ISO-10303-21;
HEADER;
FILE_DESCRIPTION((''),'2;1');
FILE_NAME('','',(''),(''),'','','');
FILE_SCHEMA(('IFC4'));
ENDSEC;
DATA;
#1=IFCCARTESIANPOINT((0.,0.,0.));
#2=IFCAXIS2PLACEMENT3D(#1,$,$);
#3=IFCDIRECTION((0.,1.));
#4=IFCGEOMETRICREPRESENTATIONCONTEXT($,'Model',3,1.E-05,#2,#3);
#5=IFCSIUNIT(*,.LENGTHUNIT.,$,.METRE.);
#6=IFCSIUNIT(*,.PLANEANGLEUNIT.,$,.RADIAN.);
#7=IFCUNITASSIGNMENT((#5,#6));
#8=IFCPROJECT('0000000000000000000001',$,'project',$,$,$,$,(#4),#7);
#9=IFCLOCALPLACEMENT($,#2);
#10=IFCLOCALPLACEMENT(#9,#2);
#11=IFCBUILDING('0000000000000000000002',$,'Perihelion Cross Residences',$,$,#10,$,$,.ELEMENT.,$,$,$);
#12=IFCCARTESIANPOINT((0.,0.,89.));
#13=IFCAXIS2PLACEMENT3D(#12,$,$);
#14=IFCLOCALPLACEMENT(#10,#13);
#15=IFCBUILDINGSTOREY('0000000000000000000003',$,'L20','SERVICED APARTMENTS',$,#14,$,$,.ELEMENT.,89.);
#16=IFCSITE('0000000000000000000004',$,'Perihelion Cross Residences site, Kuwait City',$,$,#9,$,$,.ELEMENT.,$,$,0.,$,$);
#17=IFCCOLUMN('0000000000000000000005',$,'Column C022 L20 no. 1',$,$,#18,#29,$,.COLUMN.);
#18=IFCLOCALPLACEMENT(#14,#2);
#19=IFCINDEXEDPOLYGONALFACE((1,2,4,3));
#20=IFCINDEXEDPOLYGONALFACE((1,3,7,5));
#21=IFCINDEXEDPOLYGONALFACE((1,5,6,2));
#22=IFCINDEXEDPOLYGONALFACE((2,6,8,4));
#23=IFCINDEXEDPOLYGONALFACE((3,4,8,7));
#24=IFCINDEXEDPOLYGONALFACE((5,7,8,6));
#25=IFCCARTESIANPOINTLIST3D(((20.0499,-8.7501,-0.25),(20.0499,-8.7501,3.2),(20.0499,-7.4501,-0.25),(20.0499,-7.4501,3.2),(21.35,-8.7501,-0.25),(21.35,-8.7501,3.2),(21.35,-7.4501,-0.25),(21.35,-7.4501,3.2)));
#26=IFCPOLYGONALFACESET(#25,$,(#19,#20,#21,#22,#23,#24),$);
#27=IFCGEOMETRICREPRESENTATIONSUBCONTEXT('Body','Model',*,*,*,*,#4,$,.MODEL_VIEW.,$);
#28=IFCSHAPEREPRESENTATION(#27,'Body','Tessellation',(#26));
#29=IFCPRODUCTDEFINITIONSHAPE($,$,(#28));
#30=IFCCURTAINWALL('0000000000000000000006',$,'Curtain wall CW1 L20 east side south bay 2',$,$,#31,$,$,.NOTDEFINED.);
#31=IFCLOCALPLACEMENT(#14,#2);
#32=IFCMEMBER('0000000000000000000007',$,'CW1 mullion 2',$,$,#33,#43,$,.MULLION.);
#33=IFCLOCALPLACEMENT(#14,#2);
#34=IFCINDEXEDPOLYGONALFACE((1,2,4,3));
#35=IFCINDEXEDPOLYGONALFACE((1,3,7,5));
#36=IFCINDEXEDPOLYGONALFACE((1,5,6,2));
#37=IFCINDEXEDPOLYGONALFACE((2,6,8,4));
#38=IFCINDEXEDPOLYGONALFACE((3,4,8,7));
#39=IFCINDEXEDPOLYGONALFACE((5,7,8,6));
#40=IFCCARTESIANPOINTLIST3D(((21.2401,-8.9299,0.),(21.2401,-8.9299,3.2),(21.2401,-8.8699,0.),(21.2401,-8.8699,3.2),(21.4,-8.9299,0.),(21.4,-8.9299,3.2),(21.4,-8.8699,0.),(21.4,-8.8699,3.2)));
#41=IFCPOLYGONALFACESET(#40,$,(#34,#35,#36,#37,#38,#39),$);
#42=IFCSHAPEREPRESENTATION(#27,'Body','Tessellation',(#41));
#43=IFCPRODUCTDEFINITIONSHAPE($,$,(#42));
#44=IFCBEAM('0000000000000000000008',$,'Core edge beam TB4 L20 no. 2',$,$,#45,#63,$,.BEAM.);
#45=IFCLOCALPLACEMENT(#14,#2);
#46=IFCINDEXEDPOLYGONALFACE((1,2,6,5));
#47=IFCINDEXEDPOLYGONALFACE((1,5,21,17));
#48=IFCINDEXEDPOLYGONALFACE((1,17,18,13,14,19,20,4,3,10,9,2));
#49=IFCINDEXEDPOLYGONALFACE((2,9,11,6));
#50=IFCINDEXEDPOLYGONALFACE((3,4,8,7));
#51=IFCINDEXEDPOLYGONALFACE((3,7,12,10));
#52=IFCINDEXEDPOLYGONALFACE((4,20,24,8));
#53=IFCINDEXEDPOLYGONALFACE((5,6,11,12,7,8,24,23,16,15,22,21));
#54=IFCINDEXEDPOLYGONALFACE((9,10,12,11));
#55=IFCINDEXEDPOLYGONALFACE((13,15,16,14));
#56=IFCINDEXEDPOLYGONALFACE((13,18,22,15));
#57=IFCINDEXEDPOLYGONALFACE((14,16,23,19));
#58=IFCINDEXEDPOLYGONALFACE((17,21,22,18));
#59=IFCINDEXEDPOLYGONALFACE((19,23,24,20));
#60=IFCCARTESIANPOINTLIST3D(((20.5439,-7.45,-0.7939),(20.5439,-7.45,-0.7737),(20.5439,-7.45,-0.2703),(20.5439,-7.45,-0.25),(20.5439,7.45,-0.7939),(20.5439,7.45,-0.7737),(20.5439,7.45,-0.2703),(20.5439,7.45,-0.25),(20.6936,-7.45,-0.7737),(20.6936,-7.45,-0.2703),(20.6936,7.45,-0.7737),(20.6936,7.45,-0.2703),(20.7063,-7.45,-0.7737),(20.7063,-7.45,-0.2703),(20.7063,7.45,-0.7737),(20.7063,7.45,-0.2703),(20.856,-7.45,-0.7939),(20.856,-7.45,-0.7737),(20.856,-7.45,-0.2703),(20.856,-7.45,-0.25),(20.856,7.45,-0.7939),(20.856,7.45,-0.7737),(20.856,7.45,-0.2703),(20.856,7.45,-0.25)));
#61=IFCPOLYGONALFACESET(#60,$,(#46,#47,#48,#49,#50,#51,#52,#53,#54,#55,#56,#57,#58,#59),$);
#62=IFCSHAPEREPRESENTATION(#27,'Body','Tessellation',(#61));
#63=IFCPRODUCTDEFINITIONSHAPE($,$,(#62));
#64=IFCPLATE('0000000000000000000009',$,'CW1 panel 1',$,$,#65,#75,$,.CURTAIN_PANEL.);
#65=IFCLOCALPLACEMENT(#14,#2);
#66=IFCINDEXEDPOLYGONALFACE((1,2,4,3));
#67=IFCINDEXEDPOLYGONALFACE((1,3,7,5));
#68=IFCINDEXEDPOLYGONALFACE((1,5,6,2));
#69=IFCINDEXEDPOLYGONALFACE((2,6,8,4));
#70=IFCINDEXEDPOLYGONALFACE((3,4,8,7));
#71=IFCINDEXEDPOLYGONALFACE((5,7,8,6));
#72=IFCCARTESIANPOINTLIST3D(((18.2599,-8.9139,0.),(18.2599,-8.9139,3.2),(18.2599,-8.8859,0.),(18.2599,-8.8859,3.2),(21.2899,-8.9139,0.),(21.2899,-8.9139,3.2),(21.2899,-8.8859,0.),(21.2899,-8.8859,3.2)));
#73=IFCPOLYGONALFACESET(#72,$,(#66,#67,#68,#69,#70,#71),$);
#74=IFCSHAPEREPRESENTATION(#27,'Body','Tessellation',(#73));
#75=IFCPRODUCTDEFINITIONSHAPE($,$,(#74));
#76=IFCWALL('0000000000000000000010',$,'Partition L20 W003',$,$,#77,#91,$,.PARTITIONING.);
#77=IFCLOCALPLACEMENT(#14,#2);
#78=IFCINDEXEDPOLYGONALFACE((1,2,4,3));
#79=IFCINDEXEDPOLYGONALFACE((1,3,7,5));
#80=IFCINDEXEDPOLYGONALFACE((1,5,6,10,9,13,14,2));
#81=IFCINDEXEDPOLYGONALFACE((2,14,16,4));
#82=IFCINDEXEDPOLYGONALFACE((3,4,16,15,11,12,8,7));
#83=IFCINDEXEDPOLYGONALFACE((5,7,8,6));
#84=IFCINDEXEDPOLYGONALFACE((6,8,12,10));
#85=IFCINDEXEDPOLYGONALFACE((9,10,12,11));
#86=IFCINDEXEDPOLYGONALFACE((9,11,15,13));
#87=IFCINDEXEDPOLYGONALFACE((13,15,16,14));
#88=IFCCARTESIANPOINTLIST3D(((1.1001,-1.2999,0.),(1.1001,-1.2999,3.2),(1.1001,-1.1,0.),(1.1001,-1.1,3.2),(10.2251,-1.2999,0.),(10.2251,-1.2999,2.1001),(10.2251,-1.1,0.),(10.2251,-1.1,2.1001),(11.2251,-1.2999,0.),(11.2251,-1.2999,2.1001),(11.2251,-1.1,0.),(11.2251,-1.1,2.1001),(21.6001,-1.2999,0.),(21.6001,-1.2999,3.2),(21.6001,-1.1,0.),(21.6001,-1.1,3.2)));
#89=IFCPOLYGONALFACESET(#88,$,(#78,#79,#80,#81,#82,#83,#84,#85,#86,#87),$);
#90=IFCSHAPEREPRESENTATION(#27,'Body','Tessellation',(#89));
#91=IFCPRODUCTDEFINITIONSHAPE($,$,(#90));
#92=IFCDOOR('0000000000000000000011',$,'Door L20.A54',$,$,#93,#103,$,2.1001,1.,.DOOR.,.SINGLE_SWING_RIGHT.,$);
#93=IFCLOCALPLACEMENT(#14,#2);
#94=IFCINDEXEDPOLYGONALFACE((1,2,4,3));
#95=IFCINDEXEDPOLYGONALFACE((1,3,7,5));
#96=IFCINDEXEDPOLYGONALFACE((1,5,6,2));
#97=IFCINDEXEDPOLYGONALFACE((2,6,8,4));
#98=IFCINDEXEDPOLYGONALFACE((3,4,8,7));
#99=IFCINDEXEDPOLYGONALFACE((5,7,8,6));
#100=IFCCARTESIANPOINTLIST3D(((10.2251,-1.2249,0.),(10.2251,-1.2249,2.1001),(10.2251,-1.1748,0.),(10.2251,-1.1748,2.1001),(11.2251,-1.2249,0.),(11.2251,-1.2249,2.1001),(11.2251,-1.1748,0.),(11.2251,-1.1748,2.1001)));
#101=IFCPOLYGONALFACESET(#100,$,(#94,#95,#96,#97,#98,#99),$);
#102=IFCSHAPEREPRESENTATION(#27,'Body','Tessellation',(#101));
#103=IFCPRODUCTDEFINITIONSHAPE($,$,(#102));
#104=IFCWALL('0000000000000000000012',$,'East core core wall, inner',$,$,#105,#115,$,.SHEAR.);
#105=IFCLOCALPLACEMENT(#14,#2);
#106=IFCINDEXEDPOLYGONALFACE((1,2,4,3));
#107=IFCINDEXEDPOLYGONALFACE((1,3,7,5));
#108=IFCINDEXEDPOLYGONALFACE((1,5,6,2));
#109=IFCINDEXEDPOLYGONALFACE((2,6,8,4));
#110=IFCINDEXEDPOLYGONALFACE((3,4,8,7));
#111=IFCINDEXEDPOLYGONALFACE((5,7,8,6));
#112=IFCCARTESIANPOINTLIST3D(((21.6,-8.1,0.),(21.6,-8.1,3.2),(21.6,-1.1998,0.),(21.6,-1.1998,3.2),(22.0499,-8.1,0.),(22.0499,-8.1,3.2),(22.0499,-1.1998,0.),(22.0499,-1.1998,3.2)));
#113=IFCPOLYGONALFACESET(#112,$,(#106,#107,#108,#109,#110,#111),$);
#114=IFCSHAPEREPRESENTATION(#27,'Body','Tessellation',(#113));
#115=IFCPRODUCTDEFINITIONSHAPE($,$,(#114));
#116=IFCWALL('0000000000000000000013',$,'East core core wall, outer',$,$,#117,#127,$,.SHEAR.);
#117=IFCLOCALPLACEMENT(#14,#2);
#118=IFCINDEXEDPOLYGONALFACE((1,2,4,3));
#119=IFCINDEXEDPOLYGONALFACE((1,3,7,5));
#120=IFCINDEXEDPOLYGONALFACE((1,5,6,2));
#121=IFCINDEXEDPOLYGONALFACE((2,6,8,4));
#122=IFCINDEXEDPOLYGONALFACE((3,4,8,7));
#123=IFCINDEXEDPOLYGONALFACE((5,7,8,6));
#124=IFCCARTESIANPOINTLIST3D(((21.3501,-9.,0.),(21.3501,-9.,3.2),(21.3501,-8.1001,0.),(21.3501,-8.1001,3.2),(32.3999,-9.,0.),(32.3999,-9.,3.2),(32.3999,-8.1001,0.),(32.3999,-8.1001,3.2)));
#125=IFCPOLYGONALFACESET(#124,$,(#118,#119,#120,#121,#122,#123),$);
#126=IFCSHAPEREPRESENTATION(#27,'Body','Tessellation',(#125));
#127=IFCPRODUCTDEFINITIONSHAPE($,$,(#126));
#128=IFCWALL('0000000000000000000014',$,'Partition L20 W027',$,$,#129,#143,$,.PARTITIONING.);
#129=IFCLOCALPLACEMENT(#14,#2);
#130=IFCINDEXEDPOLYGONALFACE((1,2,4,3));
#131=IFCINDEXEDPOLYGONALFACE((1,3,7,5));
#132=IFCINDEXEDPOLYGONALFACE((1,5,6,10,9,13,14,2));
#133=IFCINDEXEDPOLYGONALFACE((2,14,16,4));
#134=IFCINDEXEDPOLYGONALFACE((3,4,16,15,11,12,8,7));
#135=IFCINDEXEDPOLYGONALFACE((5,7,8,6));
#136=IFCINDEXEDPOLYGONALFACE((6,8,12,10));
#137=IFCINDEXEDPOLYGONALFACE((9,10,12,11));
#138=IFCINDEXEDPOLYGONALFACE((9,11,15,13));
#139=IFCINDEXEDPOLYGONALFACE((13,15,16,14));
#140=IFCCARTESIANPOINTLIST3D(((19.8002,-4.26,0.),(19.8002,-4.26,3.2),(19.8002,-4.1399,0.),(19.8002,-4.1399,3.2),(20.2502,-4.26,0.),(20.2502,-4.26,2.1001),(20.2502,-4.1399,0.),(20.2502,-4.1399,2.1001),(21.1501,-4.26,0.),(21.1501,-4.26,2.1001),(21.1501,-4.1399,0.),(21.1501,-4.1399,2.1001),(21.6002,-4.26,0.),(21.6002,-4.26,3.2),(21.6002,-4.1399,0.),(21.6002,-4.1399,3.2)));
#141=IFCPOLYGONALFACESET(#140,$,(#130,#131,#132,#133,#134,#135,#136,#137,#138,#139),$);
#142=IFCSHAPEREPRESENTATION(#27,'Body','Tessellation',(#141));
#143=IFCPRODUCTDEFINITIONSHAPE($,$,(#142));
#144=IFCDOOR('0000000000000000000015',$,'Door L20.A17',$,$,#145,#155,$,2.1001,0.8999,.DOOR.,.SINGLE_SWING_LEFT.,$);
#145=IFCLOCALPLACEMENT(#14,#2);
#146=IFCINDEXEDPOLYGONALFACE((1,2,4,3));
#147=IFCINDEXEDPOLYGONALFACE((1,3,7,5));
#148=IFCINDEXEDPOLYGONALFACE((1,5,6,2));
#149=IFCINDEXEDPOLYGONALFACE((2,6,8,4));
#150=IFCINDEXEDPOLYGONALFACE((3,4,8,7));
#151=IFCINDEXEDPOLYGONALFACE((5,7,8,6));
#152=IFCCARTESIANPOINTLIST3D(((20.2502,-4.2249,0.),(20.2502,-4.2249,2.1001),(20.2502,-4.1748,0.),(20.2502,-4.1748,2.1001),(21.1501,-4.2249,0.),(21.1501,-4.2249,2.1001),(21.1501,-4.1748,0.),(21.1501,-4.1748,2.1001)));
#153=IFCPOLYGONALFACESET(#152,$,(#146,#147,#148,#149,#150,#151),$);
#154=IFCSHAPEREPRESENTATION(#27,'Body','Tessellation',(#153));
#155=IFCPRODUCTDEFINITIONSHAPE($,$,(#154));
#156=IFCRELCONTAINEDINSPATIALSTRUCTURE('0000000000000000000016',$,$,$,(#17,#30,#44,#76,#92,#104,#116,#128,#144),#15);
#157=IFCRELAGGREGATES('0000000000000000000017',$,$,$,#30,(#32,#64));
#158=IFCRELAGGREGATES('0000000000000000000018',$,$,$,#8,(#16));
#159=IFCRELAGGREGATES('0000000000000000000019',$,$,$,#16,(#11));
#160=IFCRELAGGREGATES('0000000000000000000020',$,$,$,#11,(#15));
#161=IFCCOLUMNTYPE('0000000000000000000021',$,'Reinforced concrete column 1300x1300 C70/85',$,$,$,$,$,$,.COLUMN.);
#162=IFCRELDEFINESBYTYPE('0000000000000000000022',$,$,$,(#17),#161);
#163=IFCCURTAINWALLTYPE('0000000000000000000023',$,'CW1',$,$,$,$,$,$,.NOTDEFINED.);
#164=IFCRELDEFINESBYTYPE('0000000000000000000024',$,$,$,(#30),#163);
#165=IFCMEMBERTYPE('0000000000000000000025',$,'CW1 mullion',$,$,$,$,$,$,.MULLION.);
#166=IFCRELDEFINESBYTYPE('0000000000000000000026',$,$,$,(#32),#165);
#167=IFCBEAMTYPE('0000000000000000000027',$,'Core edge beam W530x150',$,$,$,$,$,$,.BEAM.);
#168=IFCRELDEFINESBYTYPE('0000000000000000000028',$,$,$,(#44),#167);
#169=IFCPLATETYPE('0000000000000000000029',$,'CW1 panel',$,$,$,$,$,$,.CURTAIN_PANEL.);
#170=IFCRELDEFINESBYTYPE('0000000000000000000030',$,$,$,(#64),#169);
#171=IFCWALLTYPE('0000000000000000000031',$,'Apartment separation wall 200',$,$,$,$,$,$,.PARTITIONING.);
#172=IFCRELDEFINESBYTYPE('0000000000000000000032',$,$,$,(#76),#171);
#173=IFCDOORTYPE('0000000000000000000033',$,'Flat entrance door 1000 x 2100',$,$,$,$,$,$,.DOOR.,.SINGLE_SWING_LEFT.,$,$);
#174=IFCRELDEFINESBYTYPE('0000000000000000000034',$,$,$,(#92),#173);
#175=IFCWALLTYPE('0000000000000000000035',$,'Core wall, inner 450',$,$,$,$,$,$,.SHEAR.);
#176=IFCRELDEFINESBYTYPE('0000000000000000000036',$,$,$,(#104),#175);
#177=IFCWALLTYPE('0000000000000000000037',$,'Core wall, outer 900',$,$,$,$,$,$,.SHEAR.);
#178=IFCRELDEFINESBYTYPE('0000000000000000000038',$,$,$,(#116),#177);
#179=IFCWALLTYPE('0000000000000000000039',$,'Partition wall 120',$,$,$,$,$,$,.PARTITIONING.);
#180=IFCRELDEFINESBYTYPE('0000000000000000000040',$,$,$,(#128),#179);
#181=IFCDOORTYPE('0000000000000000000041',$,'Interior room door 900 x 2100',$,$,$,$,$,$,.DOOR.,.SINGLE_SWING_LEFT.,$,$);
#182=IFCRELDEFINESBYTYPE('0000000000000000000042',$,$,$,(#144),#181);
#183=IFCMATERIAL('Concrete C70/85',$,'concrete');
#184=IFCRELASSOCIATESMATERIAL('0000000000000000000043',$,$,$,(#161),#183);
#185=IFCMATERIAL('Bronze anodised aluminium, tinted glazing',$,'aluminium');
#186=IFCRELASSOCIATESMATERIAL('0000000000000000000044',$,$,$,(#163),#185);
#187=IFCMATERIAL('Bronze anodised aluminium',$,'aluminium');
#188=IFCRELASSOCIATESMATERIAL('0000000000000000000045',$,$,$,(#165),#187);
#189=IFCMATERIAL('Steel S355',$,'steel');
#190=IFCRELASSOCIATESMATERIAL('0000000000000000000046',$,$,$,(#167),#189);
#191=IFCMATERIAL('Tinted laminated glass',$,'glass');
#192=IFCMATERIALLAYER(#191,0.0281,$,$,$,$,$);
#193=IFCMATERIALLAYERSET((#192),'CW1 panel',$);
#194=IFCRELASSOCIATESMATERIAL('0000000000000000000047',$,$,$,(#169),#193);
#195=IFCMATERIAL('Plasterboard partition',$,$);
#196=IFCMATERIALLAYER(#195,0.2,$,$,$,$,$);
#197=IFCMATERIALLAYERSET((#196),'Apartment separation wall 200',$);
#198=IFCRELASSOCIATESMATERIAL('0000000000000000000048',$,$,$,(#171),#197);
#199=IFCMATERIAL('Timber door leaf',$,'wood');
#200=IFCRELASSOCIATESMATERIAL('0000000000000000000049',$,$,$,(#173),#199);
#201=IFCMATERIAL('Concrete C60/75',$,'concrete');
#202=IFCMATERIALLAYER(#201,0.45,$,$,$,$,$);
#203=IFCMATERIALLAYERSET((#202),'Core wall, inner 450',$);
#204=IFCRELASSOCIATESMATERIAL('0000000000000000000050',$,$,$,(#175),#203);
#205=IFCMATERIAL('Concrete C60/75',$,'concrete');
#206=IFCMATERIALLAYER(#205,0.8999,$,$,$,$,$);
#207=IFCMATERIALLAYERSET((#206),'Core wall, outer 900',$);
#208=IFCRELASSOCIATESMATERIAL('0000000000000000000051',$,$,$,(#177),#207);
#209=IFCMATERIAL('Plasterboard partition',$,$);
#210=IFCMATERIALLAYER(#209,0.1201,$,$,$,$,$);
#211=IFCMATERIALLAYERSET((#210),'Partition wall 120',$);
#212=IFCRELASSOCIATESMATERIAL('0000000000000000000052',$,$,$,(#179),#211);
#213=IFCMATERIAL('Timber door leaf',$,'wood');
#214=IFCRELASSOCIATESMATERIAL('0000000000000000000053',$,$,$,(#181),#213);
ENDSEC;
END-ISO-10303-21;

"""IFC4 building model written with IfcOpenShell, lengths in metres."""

from ifc_helpers import new_model, si_unit, direction, frame, frame_2d, origin, origin_2d, place, context, subcontext, project, spatial, rectangle, i_section, extrude, material, layer, layer_set, material_profile, profile_set, type_object, element, fill, aggregate, save


model = new_model("IFC4")

# Units and contexts
model_context = context("Model", 3, precision=1e-05, world=origin(), true_north=direction((0.0, 1.0)))
body_context = subcontext(model_context, "Body", "Model", "MODEL_VIEW")
ifc_project = project(units=[si_unit("LENGTHUNIT", "METRE"), si_unit("PLANEANGLEUNIT", "RADIAN")], contexts=[model_context])

# Site, building, storey
site_placement = place(None, origin())
site = spatial("IfcSite", under=ifc_project, at=site_placement, Name="Perihelion Cross Residences site, Kuwait City", CompositionType="ELEMENT", RefElevation=0.0)
building_placement = place(site_placement, origin())
building = spatial("IfcBuilding", under=site, at=building_placement, Name="Perihelion Cross Residences", CompositionType="ELEMENT")
storey_placement = place(building_placement, frame((0.0, 0.0, 89.0)))
storey = spatial("IfcBuildingStorey", under=building, at=storey_placement, Name="L20", Description="SERVICED APARTMENTS", CompositionType="ELEMENT", Elevation=89.0)

# Column
ifc_material_1 = material(Name="Concrete C70/85", Category="concrete")
ifc_material_profile_1 = material_profile(ifc_material_1, rectangle(XDim=1.3, YDim=1.3, at=origin_2d()), Name="RC 1300x1300")
ifc_profile_set_1 = profile_set([ifc_material_profile_1], Name="Concrete C70/85")
column_type = type_object("IfcColumnType", Name="Reinforced concrete column 1300x1300 C70/85", PredefinedType="COLUMN", material=ifc_profile_set_1)
column_placement = place(storey_placement, frame((20.7, -8.1001, -0.25), z_axis=(0.0, 0.0, 1.0), x_axis=(1.0, 0.0, 0.0)))
element("IfcColumn", 1, at=column_placement, inside=storey, type_object=column_type, Name="Column C022 L20 no. 1", PredefinedType="COLUMN", context=body_context, shape_type="SweptSolid", body=[
    extrude(rectangle(XDim=1.3, YDim=1.3, at=origin_2d()), origin(), (0.0, 0.0, 1.0), 3.45),
])

# Curtain wall, member
ifc_material_2 = material(Name="Bronze anodised aluminium, tinted glazing", Category="aluminium")
curtain_wall_type = type_object("IfcCurtainWallType", Name="CW1", PredefinedType="NOTDEFINED", material=ifc_material_2)
curtain_wall_placement = place(storey_placement, origin())
curtain_wall = element("IfcCurtainWall", 2, at=curtain_wall_placement, inside=storey, type_object=curtain_wall_type, Name="Curtain wall CW1 L20 east side south bay 2", PredefinedType="NOTDEFINED")
ifc_material_3 = material(Name="Bronze anodised aluminium", Category="aluminium")
ifc_material_profile_2 = material_profile(ifc_material_3, rectangle(XDim=0.0601, YDim=0.1599, at=origin_2d()), Name="CW1 mullion")
ifc_profile_set_2 = profile_set([ifc_material_profile_2], Name="Bronze anodised aluminium")
member_type = type_object("IfcMemberType", Name="CW1 mullion", PredefinedType="MULLION", material=ifc_profile_set_2)
member_placement = place(storey_placement, frame((21.3201, -8.8999, 0.0), z_axis=(0.0, 0.0, 1.0), x_axis=(0.0, 1.0, 0.0)))
member = element("IfcMember", 3, at=member_placement, type_object=member_type, Name="CW1 mullion 2", PredefinedType="MULLION", context=body_context, shape_type="SweptSolid", body=[
    extrude(rectangle(XDim=0.0601, YDim=0.1599, at=origin_2d()), origin(), (0.0, 0.0, 1.0), 3.2),
])

# Beam
ifc_material_4 = material(Name="Steel S355", Category="steel")
ifc_material_profile_3 = material_profile(ifc_material_4, i_section(OverallWidth=0.312, OverallDepth=0.5439, WebThickness=0.0127, FlangeThickness=0.0203, at=origin_2d()), Name="W530x150")
ifc_profile_set_3 = profile_set([ifc_material_profile_3], Name="Steel S355")
beam_type = type_object("IfcBeamType", Name="Core edge beam W530x150", PredefinedType="BEAM", material=ifc_profile_set_3)
beam_placement = place(storey_placement, frame((20.7, -7.45, -0.522), z_axis=(0.0, 1.0, 0.0), x_axis=(-1.0, 0.0, 0.0)))
element("IfcBeam", 4, at=beam_placement, inside=storey, type_object=beam_type, Name="Core edge beam TB4 L20 no. 2", PredefinedType="BEAM", context=body_context, shape_type="SweptSolid", body=[
    extrude(i_section(OverallWidth=0.312, OverallDepth=0.5439, WebThickness=0.0127, FlangeThickness=0.0203, at=origin_2d()), origin(), (0.0, 0.0, 1.0), 14.8999),
])

# Plate
ifc_material_5 = material(Name="Tinted laminated glass", Category="glass")
ifc_layer_1 = layer(ifc_material_5, 0.0281)
ifc_layer_set_1 = layer_set([ifc_layer_1], Name="CW1 panel")
plate_type = type_object("IfcPlateType", Name="CW1 panel", PredefinedType="CURTAIN_PANEL", material=ifc_layer_set_1)
plate_placement = place(storey_placement, frame((19.7749, -8.8999, 0.0), z_axis=(0.0, 0.0, 1.0), x_axis=(1.0, 0.0, 0.0)))
plate = element("IfcPlate", 5, at=plate_placement, type_object=plate_type, Name="CW1 panel 1", PredefinedType="CURTAIN_PANEL", context=body_context, shape_type="SweptSolid", body=[
    extrude(rectangle(XDim=3.03, YDim=0.0281, at=origin_2d()), origin(), (0.0, 0.0, 1.0), 3.2),
])
aggregate(curtain_wall, [member, plate])

# Wall, opening, door
ifc_material_6 = material(Name="Plasterboard partition")
ifc_layer_2 = layer(ifc_material_6, 0.2)
ifc_layer_set_2 = layer_set([ifc_layer_2], Name="Apartment separation wall 200")
wall_type_1 = type_object("IfcWallType", Name="Apartment separation wall 200", PredefinedType="PARTITIONING", material=ifc_layer_set_2)
wall_1_placement = place(storey_placement, frame((21.6001, -1.2, 0.0), z_axis=(0.0, 0.0, 1.0), x_axis=(-1.0, 0.0, 0.0)))
wall_1 = element("IfcWall", 6, at=wall_1_placement, inside=storey, type_object=wall_type_1, Name="Partition L20 W003", PredefinedType="PARTITIONING", context=body_context, shape_type="SweptSolid", body=[
    extrude(rectangle(XDim=20.5, YDim=0.2, at=frame_2d((10.25, 0.0))), origin(), (0.0, 0.0, 1.0), 3.2),
])
opening_1_placement = place(wall_1_placement, frame((10.375, 0.0, 0.0)))
opening_1 = element("IfcOpeningElement", 7, at=opening_1_placement, cuts=wall_1, PredefinedType="OPENING", context=body_context, shape_type="SweptSolid", body=[
    extrude(rectangle(XDim=1.0, YDim=2.1001, at=frame_2d((0.5, 1.05))), frame((0.0, 0.1099, 0.0), z_axis=(0.0, -1.0, 0.0), x_axis=(1.0, 0.0, 0.0)), (0.0, 0.0, 1.0), 0.22),
])
ifc_material_7 = material(Name="Timber door leaf", Category="wood")
door_type_1 = type_object("IfcDoorType", Name="Flat entrance door 1000 x 2100", OperationType="SINGLE_SWING_LEFT", PredefinedType="DOOR", material=ifc_material_7)
door_1_placement = place(opening_1_placement, origin())
door_1 = element("IfcDoor", 8, at=door_1_placement, inside=storey, type_object=door_type_1, Name="Door L20.A54", OperationType="SINGLE_SWING_RIGHT", OverallHeight=2.1001, OverallWidth=1.0, PredefinedType="DOOR", context=body_context, shape_type="SweptSolid", body=[
    extrude(rectangle(XDim=1.0, YDim=2.1001, at=frame_2d((0.5, 1.05))), frame((0.0, 0.0249, 0.0), z_axis=(0.0, -1.0, 0.0), x_axis=(1.0, 0.0, 0.0)), (0.0, 0.0, 1.0), 0.05),
])
fill(opening_1, door_1)

# Walls
ifc_material_8 = material(Name="Concrete C60/75", Category="concrete")
ifc_layer_3 = layer(ifc_material_8, 0.45)
ifc_layer_set_3 = layer_set([ifc_layer_3], Name="Core wall, inner 450")
wall_type_2 = type_object("IfcWallType", Name="Core wall, inner 450", PredefinedType="SHEAR", material=ifc_layer_set_3)
wall_2_placement = place(storey_placement, frame((21.825, -8.1001, 0.0), z_axis=(0.0, 0.0, 1.0), x_axis=(0.0, 1.0, 0.0)))
element("IfcWall", 9, at=wall_2_placement, inside=storey, type_object=wall_type_2, Name="East core core wall, inner", PredefinedType="SHEAR", context=body_context, shape_type="SweptSolid", body=[
    extrude(rectangle(XDim=6.9001, YDim=0.45, at=frame_2d((3.4502, 0.0))), origin(), (0.0, 0.0, 1.0), 3.2),
])
ifc_material_9 = material(Name="Concrete C60/75", Category="concrete")
ifc_layer_4 = layer(ifc_material_9, 0.8999)
ifc_layer_set_4 = layer_set([ifc_layer_4], Name="Core wall, outer 900")
wall_type_3 = type_object("IfcWallType", Name="Core wall, outer 900", PredefinedType="SHEAR", material=ifc_layer_set_4)
wall_3_placement = place(storey_placement, frame((21.3501, -8.55, 0.0), z_axis=(0.0, 0.0, 1.0), x_axis=(1.0, 0.0, 0.0)))
element("IfcWall", 10, at=wall_3_placement, inside=storey, type_object=wall_type_3, Name="East core core wall, outer", PredefinedType="SHEAR", context=body_context, shape_type="SweptSolid", body=[
    extrude(rectangle(XDim=11.0498, YDim=0.8999, at=frame_2d((5.5249, 0.0))), origin(), (0.0, 0.0, 1.0), 3.2),
])

# Wall, opening, door
ifc_material_10 = material(Name="Plasterboard partition")
ifc_layer_5 = layer(ifc_material_10, 0.1201)
ifc_layer_set_5 = layer_set([ifc_layer_5], Name="Partition wall 120")
wall_type_4 = type_object("IfcWallType", Name="Partition wall 120", PredefinedType="PARTITIONING", material=ifc_layer_set_5)
wall_4_placement = place(storey_placement, frame((21.6001, -4.2, 0.0), z_axis=(0.0, 0.0, 1.0), x_axis=(-1.0, 0.0, 0.0)))
wall_4 = element("IfcWall", 11, at=wall_4_placement, inside=storey, type_object=wall_type_4, Name="Partition L20 W027", PredefinedType="PARTITIONING", context=body_context, shape_type="SweptSolid", body=[
    extrude(rectangle(XDim=1.8, YDim=0.1201, at=frame_2d((0.8999, 0.0))), origin(), (0.0, 0.0, 1.0), 3.2),
])
opening_2_placement = place(wall_4_placement, frame((0.45, 0.0, 0.0)))
opening_2 = element("IfcOpeningElement", 12, at=opening_2_placement, cuts=wall_4, PredefinedType="OPENING", context=body_context, shape_type="SweptSolid", body=[
    extrude(rectangle(XDim=0.8999, YDim=2.1001, at=frame_2d((0.45, 1.05))), frame((0.0, 0.0701, 0.0), z_axis=(0.0, -1.0, 0.0), x_axis=(1.0, 0.0, 0.0)), (0.0, 0.0, 1.0), 0.1401),
])
ifc_material_11 = material(Name="Timber door leaf", Category="wood")
door_type_2 = type_object("IfcDoorType", Name="Interior room door 900 x 2100", OperationType="SINGLE_SWING_LEFT", PredefinedType="DOOR", material=ifc_material_11)
door_2_placement = place(opening_2_placement, origin())
door_2 = element("IfcDoor", 13, at=door_2_placement, inside=storey, type_object=door_type_2, Name="Door L20.A17", OperationType="SINGLE_SWING_LEFT", OverallHeight=2.1001, OverallWidth=0.8999, PredefinedType="DOOR", context=body_context, shape_type="SweptSolid", body=[
    extrude(rectangle(XDim=0.8999, YDim=2.1001, at=frame_2d((0.45, 1.05))), frame((0.0, 0.0249, 0.0), z_axis=(0.0, -1.0, 0.0), x_axis=(1.0, 0.0, 0.0)), (0.0, 0.0, 1.0), 0.05),
])
fill(opening_2, door_2)

save(model, "model.ifc")
